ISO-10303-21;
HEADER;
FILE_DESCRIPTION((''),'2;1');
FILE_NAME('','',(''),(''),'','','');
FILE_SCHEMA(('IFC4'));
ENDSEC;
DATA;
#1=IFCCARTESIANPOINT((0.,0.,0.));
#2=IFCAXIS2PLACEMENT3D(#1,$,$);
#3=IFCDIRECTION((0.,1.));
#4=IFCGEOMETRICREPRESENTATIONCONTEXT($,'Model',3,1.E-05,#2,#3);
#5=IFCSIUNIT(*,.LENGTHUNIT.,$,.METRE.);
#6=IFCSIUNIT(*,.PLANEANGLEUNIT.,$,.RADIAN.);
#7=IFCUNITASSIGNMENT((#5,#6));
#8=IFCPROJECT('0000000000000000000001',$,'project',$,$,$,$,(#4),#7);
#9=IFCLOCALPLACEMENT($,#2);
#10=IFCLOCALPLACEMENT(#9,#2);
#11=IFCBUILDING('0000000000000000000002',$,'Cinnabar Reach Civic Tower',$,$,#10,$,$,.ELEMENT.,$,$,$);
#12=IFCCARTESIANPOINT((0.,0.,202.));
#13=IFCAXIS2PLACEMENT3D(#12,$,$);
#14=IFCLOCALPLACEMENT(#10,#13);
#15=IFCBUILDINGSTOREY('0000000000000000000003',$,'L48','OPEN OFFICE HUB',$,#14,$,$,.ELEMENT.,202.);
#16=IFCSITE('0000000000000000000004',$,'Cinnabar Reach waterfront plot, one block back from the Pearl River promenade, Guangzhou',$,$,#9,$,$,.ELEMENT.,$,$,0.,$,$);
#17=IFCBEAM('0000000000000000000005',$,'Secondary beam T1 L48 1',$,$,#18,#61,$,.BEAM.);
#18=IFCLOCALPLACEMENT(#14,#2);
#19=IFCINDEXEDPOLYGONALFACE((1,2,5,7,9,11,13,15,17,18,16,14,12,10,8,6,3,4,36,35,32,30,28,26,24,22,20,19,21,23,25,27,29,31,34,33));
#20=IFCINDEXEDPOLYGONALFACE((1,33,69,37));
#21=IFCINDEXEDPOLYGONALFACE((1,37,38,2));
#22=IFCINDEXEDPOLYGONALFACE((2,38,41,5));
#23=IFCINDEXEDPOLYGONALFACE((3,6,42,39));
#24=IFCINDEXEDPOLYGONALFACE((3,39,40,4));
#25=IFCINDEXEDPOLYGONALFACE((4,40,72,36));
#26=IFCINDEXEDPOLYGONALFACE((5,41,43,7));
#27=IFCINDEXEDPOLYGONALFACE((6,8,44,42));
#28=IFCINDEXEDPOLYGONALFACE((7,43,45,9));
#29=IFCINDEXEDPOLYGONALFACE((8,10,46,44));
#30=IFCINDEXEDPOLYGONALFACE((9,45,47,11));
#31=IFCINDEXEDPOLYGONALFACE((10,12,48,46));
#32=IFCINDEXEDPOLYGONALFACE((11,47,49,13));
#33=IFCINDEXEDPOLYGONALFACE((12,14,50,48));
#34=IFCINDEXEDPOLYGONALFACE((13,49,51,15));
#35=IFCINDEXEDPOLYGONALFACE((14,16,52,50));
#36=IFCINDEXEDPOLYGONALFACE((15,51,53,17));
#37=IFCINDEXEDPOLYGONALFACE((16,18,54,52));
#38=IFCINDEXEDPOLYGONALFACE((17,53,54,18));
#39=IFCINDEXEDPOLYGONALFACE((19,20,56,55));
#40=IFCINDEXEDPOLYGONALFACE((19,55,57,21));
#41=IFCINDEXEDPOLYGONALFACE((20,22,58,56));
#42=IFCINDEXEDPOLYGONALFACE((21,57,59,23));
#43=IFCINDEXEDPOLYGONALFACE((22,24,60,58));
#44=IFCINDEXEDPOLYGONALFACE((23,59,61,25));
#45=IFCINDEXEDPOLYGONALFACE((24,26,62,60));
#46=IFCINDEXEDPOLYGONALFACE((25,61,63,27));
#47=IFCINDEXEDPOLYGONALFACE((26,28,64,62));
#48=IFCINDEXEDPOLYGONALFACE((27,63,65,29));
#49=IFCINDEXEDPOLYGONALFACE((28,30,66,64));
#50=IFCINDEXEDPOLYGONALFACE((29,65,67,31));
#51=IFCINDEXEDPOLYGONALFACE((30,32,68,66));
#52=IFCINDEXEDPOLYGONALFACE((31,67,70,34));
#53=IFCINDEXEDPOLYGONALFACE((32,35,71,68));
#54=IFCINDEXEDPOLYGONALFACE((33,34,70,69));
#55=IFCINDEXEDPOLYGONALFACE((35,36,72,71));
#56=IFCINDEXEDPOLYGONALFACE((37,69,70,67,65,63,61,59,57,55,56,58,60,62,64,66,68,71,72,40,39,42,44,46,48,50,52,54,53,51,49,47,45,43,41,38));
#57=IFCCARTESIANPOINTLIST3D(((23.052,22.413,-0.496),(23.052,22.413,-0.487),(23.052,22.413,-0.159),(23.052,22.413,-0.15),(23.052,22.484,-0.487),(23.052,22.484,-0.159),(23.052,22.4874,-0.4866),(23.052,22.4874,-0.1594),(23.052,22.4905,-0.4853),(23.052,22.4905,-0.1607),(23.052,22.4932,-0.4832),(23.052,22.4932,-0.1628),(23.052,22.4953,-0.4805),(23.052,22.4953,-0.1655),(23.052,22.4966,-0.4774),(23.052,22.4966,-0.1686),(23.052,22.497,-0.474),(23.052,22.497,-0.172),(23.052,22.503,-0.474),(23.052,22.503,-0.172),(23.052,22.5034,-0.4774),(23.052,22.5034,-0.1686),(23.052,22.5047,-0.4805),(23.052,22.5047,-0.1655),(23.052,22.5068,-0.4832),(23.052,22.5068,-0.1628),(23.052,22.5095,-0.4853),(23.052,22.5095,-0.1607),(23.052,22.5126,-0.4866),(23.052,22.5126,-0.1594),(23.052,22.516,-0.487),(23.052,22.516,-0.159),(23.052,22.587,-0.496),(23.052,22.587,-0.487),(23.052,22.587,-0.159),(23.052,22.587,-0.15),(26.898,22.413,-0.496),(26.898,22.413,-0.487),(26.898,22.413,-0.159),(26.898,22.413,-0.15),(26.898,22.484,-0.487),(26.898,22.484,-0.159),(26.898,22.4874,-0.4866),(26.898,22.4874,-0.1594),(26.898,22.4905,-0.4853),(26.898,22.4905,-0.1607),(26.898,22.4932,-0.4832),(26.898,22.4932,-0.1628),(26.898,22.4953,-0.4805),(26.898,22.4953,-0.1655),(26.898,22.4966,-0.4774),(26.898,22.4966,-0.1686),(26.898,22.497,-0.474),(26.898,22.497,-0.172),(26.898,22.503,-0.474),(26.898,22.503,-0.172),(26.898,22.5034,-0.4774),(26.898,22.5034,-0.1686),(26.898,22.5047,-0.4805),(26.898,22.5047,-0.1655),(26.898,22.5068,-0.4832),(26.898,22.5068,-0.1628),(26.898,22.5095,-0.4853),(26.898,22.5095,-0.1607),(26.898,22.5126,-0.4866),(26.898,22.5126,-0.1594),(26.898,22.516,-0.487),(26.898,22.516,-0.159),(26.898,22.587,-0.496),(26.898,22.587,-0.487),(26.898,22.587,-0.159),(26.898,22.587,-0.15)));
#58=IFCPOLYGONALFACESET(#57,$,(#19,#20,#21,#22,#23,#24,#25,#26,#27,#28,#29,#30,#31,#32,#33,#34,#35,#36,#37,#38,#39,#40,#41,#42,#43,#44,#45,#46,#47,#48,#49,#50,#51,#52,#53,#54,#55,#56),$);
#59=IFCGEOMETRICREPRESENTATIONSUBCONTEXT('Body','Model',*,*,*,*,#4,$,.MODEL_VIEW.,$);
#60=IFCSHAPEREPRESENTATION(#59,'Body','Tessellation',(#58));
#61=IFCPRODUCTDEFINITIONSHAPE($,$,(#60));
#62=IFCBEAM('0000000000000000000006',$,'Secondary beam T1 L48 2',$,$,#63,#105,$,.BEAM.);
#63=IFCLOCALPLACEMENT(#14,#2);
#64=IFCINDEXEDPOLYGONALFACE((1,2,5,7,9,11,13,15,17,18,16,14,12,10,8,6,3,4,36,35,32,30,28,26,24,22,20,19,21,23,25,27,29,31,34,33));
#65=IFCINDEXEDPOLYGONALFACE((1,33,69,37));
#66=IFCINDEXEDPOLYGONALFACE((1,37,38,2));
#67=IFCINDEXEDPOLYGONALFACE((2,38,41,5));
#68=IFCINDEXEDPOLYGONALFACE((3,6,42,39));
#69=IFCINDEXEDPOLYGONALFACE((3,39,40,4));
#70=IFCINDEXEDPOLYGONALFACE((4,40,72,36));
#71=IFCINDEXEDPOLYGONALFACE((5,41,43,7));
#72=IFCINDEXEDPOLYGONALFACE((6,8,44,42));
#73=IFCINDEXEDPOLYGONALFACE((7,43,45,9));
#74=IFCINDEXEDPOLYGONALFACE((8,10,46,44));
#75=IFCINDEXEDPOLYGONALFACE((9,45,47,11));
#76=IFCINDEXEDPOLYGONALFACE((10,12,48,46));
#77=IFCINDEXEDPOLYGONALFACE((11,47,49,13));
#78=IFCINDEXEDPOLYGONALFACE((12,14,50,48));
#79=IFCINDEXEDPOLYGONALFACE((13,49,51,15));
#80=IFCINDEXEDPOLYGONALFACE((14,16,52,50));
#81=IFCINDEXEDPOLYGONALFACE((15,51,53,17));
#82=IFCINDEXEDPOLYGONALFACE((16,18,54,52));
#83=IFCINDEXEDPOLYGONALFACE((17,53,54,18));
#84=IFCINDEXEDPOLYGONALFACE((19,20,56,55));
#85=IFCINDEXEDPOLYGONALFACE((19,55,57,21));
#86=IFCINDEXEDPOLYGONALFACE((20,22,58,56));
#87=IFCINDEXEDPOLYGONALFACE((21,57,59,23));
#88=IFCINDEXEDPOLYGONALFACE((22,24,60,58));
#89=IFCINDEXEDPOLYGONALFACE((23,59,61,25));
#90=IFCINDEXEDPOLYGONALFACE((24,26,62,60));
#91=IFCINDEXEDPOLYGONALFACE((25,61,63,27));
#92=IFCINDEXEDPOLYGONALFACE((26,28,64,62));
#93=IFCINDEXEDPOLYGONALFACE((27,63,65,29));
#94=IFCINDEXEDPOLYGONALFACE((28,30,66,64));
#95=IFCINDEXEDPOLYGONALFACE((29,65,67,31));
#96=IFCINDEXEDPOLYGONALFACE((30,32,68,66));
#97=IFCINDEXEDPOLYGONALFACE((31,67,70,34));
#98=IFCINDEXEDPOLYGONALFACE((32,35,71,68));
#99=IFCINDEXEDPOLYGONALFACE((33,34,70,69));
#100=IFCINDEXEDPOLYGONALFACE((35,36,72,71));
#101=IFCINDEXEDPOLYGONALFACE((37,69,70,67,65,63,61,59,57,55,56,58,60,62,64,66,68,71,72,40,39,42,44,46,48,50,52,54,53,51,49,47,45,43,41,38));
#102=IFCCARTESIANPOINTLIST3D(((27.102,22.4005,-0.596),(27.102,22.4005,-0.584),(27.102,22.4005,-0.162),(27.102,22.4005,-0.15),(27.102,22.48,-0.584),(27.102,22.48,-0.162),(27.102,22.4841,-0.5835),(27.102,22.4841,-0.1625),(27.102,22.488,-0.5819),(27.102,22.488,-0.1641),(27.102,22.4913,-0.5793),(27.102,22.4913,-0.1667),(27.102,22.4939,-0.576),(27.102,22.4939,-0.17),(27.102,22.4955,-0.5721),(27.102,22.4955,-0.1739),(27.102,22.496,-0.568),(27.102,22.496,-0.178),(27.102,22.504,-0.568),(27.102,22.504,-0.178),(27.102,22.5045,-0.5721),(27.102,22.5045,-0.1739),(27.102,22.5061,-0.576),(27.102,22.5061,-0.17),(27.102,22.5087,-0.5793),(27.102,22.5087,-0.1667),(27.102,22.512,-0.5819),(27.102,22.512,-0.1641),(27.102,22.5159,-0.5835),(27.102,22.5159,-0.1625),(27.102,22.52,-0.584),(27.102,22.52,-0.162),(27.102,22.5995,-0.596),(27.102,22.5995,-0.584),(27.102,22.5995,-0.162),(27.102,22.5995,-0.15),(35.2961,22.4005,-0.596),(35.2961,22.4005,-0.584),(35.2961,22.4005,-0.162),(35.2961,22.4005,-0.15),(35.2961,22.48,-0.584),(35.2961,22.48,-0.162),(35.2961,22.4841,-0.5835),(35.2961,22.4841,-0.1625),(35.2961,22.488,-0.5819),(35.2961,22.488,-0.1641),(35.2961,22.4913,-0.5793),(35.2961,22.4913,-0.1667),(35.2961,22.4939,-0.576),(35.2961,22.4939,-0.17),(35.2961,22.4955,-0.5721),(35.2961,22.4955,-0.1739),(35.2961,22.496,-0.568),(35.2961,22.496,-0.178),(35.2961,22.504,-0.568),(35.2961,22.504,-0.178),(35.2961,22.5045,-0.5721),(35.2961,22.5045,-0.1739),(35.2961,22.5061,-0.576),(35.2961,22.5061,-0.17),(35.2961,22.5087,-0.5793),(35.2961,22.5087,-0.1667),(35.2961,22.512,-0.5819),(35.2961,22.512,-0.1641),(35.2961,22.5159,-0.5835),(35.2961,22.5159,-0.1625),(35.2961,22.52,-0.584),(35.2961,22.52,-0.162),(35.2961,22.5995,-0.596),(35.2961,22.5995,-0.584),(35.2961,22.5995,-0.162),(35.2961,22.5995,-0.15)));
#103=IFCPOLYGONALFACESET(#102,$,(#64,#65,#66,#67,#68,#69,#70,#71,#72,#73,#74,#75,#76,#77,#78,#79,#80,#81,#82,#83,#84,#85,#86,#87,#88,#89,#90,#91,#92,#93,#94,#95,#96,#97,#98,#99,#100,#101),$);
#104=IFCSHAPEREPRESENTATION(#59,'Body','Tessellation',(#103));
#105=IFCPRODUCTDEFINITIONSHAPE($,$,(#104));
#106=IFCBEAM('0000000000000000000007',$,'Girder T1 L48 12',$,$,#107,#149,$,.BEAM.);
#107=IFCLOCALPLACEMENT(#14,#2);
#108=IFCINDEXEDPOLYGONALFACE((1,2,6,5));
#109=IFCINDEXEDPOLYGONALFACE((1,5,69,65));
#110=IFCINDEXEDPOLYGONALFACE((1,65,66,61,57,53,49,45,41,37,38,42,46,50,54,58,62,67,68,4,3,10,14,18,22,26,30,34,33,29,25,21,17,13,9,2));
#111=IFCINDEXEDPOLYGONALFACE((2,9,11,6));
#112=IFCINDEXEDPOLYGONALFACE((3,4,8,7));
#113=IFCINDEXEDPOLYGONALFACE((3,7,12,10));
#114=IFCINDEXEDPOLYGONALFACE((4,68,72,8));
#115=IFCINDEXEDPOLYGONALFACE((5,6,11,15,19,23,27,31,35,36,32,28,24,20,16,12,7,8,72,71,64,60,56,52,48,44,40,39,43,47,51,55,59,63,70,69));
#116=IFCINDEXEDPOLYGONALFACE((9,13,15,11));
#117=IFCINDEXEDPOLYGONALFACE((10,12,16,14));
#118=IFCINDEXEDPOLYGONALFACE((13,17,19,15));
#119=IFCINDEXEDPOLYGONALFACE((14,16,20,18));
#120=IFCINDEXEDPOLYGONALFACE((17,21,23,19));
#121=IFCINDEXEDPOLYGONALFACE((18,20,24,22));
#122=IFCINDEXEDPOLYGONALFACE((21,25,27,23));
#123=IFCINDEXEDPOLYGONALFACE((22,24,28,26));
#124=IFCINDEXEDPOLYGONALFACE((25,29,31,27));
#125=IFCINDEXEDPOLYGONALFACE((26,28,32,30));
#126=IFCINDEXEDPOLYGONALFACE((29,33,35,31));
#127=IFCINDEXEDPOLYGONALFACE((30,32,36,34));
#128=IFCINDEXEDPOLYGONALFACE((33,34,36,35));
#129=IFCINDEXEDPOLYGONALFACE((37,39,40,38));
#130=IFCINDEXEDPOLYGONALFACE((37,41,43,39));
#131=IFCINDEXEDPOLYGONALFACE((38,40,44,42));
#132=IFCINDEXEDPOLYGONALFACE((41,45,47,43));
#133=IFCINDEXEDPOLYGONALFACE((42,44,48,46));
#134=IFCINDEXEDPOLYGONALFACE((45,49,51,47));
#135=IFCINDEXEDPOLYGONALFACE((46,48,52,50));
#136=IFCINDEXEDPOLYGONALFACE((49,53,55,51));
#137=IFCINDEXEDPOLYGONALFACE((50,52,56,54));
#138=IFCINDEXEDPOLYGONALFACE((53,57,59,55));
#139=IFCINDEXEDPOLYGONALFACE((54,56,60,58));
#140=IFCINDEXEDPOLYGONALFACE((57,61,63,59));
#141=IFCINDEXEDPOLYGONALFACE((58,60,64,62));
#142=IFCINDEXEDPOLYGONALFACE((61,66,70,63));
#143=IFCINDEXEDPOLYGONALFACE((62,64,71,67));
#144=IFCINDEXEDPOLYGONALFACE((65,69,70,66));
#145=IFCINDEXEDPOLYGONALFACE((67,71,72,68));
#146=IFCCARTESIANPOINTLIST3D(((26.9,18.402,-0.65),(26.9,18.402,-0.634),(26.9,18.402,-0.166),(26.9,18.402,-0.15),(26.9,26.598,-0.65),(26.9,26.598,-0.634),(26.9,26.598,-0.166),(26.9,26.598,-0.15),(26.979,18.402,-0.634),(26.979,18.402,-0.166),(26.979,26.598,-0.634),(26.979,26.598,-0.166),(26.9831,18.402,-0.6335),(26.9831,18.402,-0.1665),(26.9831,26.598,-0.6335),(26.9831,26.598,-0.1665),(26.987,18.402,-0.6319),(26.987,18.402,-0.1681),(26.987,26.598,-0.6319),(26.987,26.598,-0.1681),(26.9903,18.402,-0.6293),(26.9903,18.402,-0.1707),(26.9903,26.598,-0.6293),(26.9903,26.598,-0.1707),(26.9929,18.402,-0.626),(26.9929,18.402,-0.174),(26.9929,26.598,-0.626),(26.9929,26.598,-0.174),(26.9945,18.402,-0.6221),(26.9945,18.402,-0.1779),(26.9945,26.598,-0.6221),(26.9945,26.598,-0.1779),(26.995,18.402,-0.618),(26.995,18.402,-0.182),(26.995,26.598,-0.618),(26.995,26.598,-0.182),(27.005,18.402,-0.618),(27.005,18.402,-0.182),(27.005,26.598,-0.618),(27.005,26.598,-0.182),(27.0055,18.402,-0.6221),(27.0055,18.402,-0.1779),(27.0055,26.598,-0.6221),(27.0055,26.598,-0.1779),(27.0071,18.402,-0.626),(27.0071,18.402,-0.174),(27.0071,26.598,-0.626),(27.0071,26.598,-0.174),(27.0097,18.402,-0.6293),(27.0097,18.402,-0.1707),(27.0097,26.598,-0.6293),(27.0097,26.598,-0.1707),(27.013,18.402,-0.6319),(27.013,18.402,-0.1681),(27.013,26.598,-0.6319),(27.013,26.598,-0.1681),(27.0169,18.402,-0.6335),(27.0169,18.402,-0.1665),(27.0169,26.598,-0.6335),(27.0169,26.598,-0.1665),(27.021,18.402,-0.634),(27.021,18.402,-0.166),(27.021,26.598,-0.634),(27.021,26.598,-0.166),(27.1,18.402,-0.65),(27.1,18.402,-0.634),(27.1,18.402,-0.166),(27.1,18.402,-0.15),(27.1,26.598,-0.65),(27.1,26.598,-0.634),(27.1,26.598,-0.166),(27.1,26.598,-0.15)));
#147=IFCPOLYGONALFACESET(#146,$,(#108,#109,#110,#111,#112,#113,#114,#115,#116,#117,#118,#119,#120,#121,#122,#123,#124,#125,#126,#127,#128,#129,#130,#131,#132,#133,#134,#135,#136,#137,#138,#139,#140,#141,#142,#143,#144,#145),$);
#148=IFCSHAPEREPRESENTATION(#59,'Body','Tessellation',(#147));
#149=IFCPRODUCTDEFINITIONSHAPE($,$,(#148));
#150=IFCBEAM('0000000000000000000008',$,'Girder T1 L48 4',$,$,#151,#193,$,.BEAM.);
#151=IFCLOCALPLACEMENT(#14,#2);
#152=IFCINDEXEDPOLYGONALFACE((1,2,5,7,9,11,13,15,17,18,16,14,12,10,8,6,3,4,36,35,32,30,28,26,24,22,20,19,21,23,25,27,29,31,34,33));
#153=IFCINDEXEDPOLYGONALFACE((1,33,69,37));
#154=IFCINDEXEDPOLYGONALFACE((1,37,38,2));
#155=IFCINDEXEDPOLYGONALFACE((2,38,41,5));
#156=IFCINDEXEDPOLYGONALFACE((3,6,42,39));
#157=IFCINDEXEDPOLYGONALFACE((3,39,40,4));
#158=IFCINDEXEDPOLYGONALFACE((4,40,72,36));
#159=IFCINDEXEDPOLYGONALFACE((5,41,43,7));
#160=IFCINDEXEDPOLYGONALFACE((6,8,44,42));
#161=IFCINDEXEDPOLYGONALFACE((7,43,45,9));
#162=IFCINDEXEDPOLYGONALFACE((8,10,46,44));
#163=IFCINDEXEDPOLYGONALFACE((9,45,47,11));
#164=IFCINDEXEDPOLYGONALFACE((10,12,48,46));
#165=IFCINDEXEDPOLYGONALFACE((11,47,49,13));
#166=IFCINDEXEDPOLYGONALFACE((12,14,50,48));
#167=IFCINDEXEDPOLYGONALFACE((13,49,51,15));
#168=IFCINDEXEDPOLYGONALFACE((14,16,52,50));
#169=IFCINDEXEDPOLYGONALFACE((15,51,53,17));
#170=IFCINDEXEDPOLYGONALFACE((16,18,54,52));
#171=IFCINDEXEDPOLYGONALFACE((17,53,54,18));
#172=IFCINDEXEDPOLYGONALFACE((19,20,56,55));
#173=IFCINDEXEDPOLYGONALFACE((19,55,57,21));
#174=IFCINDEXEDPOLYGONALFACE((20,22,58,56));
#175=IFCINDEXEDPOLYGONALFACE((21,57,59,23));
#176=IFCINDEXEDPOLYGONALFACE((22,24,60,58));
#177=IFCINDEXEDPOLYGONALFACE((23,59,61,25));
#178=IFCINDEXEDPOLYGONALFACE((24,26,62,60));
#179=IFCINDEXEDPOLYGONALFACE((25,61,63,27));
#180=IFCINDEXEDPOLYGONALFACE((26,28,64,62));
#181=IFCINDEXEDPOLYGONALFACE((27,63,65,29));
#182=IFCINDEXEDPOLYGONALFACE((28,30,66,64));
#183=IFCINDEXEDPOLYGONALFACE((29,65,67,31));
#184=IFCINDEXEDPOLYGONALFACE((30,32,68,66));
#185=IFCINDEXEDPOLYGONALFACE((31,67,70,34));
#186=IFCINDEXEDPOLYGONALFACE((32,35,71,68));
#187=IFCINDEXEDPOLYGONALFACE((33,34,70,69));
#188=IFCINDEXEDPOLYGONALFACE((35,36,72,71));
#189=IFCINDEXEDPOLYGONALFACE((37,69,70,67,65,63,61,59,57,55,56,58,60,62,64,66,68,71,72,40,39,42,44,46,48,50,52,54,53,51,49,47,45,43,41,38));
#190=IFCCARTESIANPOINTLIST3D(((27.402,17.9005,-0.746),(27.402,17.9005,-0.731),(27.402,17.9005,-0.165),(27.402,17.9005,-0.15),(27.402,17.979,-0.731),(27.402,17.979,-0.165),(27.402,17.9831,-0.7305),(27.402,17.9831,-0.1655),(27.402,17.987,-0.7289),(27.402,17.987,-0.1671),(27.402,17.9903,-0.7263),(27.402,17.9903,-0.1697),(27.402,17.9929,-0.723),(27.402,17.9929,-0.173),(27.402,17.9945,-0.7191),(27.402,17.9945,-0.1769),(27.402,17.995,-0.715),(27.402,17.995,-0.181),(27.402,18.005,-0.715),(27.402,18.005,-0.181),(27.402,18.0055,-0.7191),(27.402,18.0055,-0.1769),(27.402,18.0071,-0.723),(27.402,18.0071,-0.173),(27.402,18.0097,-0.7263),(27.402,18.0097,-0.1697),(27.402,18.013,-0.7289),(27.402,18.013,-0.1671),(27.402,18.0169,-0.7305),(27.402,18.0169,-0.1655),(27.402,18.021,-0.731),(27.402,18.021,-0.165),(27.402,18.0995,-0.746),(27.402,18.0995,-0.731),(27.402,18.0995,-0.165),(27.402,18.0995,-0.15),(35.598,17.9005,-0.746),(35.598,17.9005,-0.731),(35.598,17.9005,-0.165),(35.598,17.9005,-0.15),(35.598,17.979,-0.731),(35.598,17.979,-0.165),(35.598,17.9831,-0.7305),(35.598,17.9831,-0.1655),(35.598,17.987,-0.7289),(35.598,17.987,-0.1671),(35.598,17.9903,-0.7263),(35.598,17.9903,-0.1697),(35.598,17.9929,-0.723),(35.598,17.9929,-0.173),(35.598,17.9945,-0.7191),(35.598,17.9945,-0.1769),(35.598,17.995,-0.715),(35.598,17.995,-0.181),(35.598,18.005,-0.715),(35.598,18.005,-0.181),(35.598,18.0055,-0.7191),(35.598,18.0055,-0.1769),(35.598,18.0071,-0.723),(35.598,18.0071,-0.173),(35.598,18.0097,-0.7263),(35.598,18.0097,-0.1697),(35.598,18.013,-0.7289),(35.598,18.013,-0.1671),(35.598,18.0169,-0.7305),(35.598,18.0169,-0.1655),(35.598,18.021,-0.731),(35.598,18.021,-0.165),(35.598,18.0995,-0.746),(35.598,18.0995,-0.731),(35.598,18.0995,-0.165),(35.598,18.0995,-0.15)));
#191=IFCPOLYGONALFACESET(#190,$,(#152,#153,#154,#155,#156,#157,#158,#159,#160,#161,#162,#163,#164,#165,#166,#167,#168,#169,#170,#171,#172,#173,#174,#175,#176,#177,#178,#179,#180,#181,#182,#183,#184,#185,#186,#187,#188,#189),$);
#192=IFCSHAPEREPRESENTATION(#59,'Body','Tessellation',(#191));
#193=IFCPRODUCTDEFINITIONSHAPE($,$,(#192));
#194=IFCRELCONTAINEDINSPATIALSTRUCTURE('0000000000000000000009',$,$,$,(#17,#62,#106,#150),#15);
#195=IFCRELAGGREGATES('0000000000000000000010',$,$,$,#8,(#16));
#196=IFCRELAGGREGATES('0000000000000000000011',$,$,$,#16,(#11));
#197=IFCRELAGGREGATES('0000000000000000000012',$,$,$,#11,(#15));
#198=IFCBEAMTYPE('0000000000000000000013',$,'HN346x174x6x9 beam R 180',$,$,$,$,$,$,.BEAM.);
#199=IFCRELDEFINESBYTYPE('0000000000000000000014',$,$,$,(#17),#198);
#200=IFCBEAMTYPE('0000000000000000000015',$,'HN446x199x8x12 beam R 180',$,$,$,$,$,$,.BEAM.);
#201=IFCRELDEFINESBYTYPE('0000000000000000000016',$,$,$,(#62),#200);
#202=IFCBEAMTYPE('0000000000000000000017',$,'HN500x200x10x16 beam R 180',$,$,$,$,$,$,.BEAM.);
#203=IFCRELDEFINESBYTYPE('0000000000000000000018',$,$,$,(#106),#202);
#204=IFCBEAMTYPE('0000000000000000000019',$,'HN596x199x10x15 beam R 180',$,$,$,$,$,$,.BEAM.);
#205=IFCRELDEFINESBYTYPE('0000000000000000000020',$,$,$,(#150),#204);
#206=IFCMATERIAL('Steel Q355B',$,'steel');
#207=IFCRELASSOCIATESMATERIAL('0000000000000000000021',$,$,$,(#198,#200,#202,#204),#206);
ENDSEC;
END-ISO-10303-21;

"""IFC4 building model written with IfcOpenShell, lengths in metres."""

from ifc_helpers import new_model, si_unit, direction, frame, origin, origin_2d, place, context, subcontext, project, spatial, i_section, extrude, material, material_profile, profile_set, type_object, element, save


model = new_model("IFC4")

# Units and contexts
model_context = context("Model", 3, precision=1e-05, world=origin(), true_north=direction((0.0, 1.0)))
body_context = subcontext(model_context, "Body", "Model", "MODEL_VIEW")
ifc_project = project(units=[si_unit("LENGTHUNIT", "METRE"), si_unit("PLANEANGLEUNIT", "RADIAN")], contexts=[model_context])

# Site, building, storey
site_placement = place(None, origin())
site = spatial("IfcSite", under=ifc_project, at=site_placement, Name="Cinnabar Reach waterfront plot, one block back from the Pearl River promenade, Guangzhou", CompositionType="ELEMENT", RefElevation=0.0)
building_placement = place(site_placement, origin())
building = spatial("IfcBuilding", under=site, at=building_placement, Name="Cinnabar Reach Civic Tower", CompositionType="ELEMENT")
storey_placement = place(building_placement, frame((0.0, 0.0, 202.0)))
storey = spatial("IfcBuildingStorey", under=building, at=storey_placement, Name="L48", Description="OPEN OFFICE HUB", CompositionType="ELEMENT", Elevation=202.0)

# Beams
ifc_material_1 = material(Name="Steel Q355B", Category="steel")
ifc_material_profile_1 = material_profile(ifc_material_1, i_section(OverallWidth=0.174, OverallDepth=0.346, WebThickness=0.006, FlangeThickness=0.009, FilletRadius=0.013, at=origin_2d()), Name="HN346x174x6x9")
ifc_profile_set_1 = profile_set([ifc_material_profile_1], Name="Steel Q355B")
beam_type_1 = type_object("IfcBeamType", Name="HN346x174x6x9 beam R 180", PredefinedType="BEAM", material=ifc_profile_set_1)
beam_1_placement = place(storey_placement, frame((23.052, 22.5, -0.323), z_axis=(1.0, 0.0, 0.0), x_axis=(0.0, 1.0, 0.0)))
element("IfcBeam", 1, at=beam_1_placement, inside=storey, type_object=beam_type_1, Name="Secondary beam T1 L48 1", PredefinedType="BEAM", context=body_context, shape_type="SweptSolid", body=[
    extrude(i_section(OverallWidth=0.174, OverallDepth=0.346, WebThickness=0.006, FlangeThickness=0.009, FilletRadius=0.013, at=origin_2d()), origin(), (0.0, 0.0, 1.0), 3.846),
])
ifc_material_profile_2 = material_profile(ifc_material_1, i_section(OverallWidth=0.199, OverallDepth=0.446, WebThickness=0.008, FlangeThickness=0.012, FilletRadius=0.016, at=origin_2d()), Name="HN446x199x8x12")
ifc_profile_set_2 = profile_set([ifc_material_profile_2], Name="Steel Q355B")
beam_type_2 = type_object("IfcBeamType", Name="HN446x199x8x12 beam R 180", PredefinedType="BEAM", material=ifc_profile_set_2)
beam_2_placement = place(storey_placement, frame((27.102, 22.5, -0.373), z_axis=(1.0, 0.0, 0.0), x_axis=(0.0, 1.0, 0.0)))
element("IfcBeam", 2, at=beam_2_placement, inside=storey, type_object=beam_type_2, Name="Secondary beam T1 L48 2", PredefinedType="BEAM", context=body_context, shape_type="SweptSolid", body=[
    extrude(i_section(OverallWidth=0.199, OverallDepth=0.446, WebThickness=0.008, FlangeThickness=0.012, FilletRadius=0.016, at=origin_2d()), origin(), (0.0, 0.0, 1.0), 8.1941),
])
ifc_material_profile_3 = material_profile(ifc_material_1, i_section(OverallWidth=0.2, OverallDepth=0.5, WebThickness=0.01, FlangeThickness=0.016, FilletRadius=0.016, at=origin_2d()), Name="HN500x200x10x16")
ifc_profile_set_3 = profile_set([ifc_material_profile_3], Name="Steel Q355B")
beam_type_3 = type_object("IfcBeamType", Name="HN500x200x10x16 beam R 180", PredefinedType="BEAM", material=ifc_profile_set_3)
beam_3_placement = place(storey_placement, frame((27.0, 18.402, -0.4), z_axis=(0.0, 1.0, 0.0), x_axis=(-1.0, 0.0, 0.0)))
element("IfcBeam", 3, at=beam_3_placement, inside=storey, type_object=beam_type_3, Name="Girder T1 L48 12", PredefinedType="BEAM", context=body_context, shape_type="SweptSolid", body=[
    extrude(i_section(OverallWidth=0.2, OverallDepth=0.5, WebThickness=0.01, FlangeThickness=0.016, FilletRadius=0.016, at=origin_2d()), origin(), (0.0, 0.0, 1.0), 8.196),
])
ifc_material_profile_4 = material_profile(ifc_material_1, i_section(OverallWidth=0.199, OverallDepth=0.596, WebThickness=0.01, FlangeThickness=0.015, FilletRadius=0.016, at=origin_2d()), Name="HN596x199x10x15")
ifc_profile_set_4 = profile_set([ifc_material_profile_4], Name="Steel Q355B")
beam_type_4 = type_object("IfcBeamType", Name="HN596x199x10x15 beam R 180", PredefinedType="BEAM", material=ifc_profile_set_4)
beam_4_placement = place(storey_placement, frame((27.402, 18.0, -0.448), z_axis=(1.0, 0.0, 0.0), x_axis=(0.0, 1.0, 0.0)))
element("IfcBeam", 4, at=beam_4_placement, inside=storey, type_object=beam_type_4, Name="Girder T1 L48 4", PredefinedType="BEAM", context=body_context, shape_type="SweptSolid", body=[
    extrude(i_section(OverallWidth=0.199, OverallDepth=0.596, WebThickness=0.01, FlangeThickness=0.015, FilletRadius=0.016, at=origin_2d()), origin(), (0.0, 0.0, 1.0), 8.196),
])

save(model, "model.ifc")
